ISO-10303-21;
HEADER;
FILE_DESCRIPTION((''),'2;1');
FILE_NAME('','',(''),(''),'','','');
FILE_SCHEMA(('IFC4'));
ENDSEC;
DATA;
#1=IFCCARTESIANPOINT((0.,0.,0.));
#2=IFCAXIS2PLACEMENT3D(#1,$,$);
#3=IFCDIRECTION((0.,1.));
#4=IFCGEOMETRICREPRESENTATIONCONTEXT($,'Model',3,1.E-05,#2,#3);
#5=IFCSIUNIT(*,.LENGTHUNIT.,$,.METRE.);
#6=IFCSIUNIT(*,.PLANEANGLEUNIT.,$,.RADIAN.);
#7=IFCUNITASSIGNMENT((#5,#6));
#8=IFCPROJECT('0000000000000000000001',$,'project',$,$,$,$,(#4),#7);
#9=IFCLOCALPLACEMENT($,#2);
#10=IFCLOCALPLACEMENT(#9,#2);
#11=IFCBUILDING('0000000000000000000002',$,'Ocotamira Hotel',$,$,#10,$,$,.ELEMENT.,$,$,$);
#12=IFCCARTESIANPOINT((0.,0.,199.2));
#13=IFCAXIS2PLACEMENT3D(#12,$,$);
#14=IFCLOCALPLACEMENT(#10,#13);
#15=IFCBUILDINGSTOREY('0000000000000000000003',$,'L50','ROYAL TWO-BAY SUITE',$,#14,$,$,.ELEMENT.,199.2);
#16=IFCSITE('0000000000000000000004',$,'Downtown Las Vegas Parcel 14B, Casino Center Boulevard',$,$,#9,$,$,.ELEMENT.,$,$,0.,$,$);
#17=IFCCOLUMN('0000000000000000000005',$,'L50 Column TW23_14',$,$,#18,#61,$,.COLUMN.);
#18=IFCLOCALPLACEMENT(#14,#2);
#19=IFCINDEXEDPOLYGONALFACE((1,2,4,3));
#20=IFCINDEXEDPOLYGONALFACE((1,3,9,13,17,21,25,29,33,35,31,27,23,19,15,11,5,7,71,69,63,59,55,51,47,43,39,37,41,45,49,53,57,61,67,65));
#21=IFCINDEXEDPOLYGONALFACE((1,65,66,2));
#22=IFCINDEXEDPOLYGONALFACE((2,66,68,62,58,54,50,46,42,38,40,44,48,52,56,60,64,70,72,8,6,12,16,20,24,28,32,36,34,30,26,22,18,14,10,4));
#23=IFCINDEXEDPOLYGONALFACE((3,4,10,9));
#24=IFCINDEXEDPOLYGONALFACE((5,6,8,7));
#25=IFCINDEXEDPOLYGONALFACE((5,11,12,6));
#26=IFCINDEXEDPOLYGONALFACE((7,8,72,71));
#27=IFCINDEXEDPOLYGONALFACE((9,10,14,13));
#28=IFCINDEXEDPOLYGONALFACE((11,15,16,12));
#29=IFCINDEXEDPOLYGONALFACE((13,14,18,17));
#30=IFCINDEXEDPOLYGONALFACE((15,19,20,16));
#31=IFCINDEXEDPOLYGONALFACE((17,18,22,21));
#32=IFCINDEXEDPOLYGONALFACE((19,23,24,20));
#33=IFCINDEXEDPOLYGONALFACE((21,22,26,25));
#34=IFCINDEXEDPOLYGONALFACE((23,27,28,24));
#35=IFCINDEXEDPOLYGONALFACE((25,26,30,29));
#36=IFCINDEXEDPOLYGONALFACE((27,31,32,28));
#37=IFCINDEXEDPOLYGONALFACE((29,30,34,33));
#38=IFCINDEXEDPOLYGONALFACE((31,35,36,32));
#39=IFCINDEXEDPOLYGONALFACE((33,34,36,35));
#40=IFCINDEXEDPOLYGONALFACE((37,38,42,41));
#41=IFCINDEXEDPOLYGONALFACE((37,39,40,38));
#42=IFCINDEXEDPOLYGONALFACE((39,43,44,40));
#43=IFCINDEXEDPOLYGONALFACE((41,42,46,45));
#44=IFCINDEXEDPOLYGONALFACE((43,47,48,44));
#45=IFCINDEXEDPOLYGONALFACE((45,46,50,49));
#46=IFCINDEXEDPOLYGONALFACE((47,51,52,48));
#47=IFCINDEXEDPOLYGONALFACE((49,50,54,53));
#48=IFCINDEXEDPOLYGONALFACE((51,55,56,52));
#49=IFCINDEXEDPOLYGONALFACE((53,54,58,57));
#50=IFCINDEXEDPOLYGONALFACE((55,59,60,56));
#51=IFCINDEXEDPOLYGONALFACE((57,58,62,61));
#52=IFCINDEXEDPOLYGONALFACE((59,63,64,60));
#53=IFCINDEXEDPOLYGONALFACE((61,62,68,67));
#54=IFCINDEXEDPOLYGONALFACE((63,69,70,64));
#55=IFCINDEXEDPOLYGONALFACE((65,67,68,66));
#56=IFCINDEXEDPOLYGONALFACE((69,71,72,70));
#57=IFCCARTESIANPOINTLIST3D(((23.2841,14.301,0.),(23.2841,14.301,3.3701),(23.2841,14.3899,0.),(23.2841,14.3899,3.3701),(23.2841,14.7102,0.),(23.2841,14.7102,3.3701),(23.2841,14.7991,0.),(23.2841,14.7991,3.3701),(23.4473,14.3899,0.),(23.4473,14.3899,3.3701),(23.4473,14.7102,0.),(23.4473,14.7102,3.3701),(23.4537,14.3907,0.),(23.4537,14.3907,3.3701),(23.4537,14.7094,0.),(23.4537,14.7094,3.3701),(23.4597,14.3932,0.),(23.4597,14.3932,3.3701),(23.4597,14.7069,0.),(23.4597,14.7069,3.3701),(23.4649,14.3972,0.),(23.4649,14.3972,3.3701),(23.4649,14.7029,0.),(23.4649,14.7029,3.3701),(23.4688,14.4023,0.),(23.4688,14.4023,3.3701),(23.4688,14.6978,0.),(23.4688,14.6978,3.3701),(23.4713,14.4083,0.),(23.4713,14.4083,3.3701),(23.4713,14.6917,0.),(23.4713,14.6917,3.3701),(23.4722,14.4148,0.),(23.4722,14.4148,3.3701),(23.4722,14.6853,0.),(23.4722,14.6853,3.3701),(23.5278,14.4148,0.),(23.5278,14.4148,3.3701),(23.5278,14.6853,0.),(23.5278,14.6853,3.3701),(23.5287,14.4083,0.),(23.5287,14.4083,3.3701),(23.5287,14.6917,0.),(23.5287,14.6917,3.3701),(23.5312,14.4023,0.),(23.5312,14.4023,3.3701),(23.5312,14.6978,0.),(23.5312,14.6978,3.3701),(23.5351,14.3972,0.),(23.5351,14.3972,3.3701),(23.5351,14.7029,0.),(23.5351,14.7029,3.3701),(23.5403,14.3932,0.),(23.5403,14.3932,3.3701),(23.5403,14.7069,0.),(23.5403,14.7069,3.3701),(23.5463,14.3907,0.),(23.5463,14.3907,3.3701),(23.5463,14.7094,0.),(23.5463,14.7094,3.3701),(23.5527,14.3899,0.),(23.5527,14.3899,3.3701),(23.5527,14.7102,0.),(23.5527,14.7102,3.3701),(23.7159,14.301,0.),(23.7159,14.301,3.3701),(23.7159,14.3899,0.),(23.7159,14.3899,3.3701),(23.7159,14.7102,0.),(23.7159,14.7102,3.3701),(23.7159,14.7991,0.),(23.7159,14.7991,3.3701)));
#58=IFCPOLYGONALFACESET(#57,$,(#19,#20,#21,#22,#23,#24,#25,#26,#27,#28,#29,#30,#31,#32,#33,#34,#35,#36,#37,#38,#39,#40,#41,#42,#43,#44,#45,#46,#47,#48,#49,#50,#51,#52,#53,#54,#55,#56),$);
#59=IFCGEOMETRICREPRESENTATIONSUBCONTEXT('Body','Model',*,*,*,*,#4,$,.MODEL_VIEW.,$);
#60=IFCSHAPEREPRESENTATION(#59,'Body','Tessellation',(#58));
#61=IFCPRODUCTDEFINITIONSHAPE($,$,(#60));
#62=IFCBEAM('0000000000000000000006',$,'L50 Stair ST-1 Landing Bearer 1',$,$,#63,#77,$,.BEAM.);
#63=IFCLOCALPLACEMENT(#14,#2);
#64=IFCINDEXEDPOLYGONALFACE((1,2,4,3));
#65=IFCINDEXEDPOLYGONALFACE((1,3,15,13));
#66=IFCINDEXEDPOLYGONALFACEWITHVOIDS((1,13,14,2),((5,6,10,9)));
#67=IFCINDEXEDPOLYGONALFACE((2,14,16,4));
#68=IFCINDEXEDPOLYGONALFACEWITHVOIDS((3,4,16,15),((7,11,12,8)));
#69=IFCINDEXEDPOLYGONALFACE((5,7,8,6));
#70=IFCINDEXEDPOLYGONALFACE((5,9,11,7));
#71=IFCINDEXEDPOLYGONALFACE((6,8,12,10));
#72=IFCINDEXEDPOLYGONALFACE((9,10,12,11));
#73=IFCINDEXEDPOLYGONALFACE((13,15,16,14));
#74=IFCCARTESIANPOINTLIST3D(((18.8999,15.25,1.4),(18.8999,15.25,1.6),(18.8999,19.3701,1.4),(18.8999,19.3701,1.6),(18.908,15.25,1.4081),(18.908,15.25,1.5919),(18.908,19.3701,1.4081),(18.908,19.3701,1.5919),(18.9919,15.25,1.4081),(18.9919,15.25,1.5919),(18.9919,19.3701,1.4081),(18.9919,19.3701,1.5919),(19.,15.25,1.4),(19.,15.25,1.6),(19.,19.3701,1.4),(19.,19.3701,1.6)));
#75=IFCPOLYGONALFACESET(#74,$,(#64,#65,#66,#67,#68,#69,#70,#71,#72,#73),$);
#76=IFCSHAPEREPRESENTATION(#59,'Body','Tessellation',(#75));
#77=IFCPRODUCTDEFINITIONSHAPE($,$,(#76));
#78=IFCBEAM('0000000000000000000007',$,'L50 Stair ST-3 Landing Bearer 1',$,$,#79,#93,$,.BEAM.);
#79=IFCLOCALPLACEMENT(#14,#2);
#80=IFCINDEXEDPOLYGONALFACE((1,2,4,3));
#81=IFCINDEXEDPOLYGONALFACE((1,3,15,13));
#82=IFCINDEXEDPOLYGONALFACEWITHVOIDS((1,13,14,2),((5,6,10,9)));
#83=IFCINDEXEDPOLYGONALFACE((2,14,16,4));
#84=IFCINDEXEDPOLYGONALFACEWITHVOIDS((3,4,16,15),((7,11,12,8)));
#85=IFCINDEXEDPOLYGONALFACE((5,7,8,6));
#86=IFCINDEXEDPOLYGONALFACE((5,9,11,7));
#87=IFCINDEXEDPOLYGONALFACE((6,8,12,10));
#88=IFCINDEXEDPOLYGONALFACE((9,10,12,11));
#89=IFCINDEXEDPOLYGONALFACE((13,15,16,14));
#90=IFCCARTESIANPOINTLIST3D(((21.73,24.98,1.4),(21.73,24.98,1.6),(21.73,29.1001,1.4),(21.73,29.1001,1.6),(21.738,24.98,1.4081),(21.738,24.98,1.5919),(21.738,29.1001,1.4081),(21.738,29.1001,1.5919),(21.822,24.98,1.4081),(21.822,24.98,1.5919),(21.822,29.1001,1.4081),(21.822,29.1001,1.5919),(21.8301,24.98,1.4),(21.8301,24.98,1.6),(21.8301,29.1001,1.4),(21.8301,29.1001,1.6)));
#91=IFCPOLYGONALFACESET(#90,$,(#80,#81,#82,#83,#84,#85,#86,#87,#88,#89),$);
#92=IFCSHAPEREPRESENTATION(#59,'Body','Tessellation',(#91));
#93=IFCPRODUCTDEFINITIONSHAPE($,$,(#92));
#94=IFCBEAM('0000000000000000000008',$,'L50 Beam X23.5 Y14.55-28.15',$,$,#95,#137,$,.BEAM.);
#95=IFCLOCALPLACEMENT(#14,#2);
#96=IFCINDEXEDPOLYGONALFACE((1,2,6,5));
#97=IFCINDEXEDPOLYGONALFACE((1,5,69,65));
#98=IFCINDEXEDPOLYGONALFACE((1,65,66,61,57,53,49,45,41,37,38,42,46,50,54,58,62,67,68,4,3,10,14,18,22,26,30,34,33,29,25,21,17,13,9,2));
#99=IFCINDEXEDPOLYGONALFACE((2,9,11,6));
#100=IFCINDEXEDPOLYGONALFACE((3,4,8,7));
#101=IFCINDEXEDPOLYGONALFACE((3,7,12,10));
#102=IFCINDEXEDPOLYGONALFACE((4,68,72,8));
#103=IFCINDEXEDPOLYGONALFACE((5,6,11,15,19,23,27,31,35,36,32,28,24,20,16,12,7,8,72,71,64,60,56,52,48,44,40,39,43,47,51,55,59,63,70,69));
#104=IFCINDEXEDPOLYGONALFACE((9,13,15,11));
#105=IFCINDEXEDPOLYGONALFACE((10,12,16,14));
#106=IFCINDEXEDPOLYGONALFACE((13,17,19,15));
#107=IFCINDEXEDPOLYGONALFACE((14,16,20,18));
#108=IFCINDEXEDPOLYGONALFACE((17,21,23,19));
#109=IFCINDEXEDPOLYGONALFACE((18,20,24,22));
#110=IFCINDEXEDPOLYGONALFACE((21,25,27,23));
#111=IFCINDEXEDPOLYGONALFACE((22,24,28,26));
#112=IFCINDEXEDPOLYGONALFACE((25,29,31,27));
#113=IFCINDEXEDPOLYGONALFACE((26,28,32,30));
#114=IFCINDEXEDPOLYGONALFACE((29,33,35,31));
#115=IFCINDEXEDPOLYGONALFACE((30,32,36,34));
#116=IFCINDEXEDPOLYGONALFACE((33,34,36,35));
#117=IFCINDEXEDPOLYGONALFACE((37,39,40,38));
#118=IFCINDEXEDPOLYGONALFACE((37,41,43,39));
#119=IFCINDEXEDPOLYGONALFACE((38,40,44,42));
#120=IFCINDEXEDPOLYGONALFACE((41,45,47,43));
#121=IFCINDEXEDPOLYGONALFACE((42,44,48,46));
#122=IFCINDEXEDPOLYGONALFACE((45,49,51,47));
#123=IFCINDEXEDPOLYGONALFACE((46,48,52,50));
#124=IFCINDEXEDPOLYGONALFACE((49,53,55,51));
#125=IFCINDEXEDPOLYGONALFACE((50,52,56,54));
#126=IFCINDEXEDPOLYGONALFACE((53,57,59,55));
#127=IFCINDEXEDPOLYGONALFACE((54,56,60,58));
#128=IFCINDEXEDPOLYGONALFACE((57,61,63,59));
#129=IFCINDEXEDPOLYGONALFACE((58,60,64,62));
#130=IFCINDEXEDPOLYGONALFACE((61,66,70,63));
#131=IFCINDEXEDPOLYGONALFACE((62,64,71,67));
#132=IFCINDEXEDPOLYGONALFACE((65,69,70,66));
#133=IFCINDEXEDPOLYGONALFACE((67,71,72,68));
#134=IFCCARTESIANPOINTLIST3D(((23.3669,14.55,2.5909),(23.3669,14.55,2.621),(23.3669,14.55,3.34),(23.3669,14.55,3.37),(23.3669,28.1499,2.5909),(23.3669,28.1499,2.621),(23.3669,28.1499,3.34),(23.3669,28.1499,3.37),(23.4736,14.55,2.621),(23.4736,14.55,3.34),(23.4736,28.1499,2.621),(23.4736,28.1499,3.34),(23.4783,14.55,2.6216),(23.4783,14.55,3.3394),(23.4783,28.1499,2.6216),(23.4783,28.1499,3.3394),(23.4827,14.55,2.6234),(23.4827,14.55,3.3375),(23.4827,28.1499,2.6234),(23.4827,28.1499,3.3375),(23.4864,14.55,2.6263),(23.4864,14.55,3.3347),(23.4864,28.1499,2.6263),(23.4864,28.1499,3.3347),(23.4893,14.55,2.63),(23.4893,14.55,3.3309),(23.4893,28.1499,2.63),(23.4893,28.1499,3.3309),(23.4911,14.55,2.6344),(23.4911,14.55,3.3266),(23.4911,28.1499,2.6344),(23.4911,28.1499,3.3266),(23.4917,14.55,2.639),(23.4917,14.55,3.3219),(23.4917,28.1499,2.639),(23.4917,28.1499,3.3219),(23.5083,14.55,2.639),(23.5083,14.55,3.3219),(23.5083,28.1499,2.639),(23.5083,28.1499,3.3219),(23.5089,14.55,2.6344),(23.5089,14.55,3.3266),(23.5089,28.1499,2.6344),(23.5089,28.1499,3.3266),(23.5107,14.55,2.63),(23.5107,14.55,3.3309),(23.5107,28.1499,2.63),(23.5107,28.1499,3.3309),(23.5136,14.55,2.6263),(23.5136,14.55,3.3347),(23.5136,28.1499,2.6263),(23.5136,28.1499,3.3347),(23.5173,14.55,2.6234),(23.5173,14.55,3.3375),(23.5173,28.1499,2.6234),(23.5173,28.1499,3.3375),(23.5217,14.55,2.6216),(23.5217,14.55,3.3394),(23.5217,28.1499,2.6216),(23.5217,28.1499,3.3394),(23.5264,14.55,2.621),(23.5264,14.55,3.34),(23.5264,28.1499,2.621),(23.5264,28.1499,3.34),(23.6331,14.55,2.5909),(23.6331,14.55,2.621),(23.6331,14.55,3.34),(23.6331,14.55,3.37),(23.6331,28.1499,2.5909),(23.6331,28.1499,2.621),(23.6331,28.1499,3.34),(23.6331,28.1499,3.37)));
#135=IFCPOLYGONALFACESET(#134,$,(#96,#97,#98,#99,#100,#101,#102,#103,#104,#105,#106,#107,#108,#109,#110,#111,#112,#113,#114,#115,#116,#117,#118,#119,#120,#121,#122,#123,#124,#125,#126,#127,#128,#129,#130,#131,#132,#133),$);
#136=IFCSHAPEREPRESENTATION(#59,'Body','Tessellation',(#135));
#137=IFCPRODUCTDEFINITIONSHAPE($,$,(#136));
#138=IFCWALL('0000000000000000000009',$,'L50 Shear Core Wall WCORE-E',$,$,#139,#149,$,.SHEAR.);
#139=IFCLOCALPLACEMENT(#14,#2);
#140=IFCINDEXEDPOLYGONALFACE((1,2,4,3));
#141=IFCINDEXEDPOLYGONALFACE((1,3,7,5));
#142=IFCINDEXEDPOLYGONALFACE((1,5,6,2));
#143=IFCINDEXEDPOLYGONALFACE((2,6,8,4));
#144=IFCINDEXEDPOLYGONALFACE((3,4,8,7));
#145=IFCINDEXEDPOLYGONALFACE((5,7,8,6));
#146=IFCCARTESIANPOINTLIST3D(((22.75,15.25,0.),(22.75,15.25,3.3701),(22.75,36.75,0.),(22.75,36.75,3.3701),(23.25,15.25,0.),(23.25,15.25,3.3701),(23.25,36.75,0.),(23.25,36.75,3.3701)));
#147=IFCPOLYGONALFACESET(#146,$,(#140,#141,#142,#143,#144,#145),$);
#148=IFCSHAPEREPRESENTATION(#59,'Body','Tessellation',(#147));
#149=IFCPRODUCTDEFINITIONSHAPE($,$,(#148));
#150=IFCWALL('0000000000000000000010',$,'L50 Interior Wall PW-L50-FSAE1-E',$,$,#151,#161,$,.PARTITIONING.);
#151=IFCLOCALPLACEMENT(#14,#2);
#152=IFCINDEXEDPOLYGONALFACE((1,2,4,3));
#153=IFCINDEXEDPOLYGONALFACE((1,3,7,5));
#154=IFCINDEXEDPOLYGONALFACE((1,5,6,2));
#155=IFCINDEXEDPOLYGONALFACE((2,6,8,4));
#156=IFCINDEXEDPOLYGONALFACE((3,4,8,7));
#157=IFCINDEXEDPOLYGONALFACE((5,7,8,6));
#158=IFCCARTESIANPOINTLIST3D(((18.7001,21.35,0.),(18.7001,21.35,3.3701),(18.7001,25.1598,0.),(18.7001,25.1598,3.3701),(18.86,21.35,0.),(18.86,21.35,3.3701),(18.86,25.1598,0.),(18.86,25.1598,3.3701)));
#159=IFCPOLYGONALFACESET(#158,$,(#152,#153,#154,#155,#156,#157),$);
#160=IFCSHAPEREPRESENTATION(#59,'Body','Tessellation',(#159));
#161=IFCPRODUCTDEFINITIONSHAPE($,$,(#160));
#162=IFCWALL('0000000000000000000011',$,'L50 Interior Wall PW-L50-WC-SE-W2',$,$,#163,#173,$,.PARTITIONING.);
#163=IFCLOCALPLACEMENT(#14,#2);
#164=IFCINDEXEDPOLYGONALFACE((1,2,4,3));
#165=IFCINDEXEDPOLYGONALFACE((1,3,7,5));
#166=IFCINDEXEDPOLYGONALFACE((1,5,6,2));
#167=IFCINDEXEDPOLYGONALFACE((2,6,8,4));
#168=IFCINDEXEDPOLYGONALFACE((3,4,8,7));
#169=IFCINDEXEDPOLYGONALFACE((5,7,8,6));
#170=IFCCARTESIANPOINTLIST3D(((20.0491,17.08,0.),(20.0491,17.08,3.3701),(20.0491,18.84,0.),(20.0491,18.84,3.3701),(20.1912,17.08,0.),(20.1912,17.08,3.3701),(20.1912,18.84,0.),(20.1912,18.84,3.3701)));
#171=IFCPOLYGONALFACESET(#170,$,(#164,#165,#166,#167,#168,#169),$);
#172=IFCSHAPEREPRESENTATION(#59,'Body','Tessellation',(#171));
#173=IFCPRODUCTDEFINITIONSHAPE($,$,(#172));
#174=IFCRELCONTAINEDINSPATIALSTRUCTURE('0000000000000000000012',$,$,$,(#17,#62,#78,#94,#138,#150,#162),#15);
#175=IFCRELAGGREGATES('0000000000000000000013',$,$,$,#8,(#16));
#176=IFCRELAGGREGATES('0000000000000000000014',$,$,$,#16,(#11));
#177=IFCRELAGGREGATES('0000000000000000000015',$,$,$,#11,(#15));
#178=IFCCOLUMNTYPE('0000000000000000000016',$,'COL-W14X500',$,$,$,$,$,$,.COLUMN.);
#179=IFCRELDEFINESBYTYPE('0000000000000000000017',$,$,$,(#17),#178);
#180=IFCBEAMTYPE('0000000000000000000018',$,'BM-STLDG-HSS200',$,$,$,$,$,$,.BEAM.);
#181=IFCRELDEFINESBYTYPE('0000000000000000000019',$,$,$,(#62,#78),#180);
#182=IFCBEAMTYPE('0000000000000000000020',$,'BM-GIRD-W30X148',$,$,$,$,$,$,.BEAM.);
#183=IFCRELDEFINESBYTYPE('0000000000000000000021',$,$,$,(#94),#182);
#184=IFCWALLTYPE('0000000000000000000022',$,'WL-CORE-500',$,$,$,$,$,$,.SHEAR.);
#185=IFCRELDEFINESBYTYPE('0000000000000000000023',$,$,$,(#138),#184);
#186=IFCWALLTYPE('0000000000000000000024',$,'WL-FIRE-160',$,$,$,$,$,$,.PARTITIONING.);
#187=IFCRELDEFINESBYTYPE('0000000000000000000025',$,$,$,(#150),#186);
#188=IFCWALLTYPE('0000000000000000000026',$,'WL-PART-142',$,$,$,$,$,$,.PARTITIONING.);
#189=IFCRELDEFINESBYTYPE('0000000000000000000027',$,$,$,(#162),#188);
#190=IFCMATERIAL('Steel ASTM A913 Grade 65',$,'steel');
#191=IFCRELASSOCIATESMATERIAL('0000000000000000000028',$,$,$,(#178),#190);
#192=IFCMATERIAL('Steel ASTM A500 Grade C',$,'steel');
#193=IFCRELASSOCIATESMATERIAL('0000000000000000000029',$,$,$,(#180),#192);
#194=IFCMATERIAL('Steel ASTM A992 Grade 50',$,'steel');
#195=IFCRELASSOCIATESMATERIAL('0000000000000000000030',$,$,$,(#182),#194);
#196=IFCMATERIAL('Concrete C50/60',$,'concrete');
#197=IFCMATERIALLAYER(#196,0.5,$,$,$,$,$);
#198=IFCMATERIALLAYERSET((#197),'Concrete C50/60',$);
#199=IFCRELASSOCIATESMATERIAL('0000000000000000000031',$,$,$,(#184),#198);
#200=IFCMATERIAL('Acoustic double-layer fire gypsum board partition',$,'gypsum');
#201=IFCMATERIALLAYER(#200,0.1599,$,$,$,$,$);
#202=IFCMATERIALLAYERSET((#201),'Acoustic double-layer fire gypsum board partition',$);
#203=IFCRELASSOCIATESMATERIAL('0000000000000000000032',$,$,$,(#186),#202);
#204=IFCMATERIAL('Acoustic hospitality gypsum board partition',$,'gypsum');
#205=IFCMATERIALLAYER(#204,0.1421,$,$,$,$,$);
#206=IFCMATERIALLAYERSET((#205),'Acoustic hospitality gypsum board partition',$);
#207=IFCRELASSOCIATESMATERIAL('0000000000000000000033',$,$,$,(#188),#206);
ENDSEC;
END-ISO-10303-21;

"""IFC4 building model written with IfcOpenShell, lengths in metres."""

from ifc_helpers import new_model, si_unit, direction, frame, frame_2d, origin, origin_2d, place, context, subcontext, project, spatial, rectangle, hollow_rectangle, i_section, extrude, source, transform, mapped, material, layer, layer_set, material_profile, profile_set, type_object, element, save


model = new_model("IFC4")

# Units and contexts
model_context = context("Model", 3, precision=1e-05, world=origin(), true_north=direction((0.0, 1.0)))
body_context = subcontext(model_context, "Body", "Model", "MODEL_VIEW")
ifc_project = project(units=[si_unit("LENGTHUNIT", "METRE"), si_unit("PLANEANGLEUNIT", "RADIAN")], contexts=[model_context])

# Site, building, storey
site_placement = place(None, origin())
site = spatial("IfcSite", under=ifc_project, at=site_placement, Name="Downtown Las Vegas Parcel 14B, Casino Center Boulevard", CompositionType="ELEMENT", RefElevation=0.0)
building_placement = place(site_placement, origin())
building = spatial("IfcBuilding", under=site, at=building_placement, Name="Ocotamira Hotel", CompositionType="ELEMENT")
storey_placement = place(building_placement, frame((0.0, 0.0, 199.2)))
storey = spatial("IfcBuildingStorey", under=building, at=storey_placement, Name="L50", Description="ROYAL TWO-BAY SUITE", CompositionType="ELEMENT", Elevation=199.2)

# Column
ifc_material_1 = material(Name="Steel ASTM A913 Grade 65", Category="steel")
ifc_material_profile_1 = material_profile(ifc_material_1, i_section(OverallWidth=0.4319, OverallDepth=0.498, WebThickness=0.0557, FlangeThickness=0.0889, FilletRadius=0.0249, at=origin_2d()), Name="W14X500")
ifc_profile_set_1 = profile_set([ifc_material_profile_1], Name="Steel ASTM A913 Grade 65")
column_type = type_object("IfcColumnType", Name="COL-W14X500", PredefinedType="COLUMN", material=ifc_profile_set_1)
shared_shape_1 = source(origin(), body_context, "Body", "SweptSolid", [
    extrude(i_section(OverallWidth=0.4319, OverallDepth=0.498, WebThickness=0.0557, FlangeThickness=0.0889, FilletRadius=0.0249, at=origin_2d()), origin(), (0.0, 0.0, 1.0), 3.3701),
])
column_placement = place(storey_placement, frame((23.5, 14.55, 0.0), z_axis=(0.0, 0.0, 1.0), x_axis=(1.0, 0.0, 0.0)))
element("IfcColumn", 1, at=column_placement, inside=storey, type_object=column_type, Name="L50 Column TW23_14", PredefinedType="COLUMN", context=body_context, shape_type="MappedRepresentation", body=[
    mapped(shared_shape_1, transform((0.0, 0.0, 0.0), scale=1.0)),
])

# Beams
ifc_material_2 = material(Name="Steel ASTM A500 Grade C", Category="steel")
ifc_material_profile_2 = material_profile(ifc_material_2, hollow_rectangle(XDim=0.1001, YDim=0.2, WallThickness=0.0081, at=origin_2d()), Name="HSS200X100X8")
ifc_profile_set_2 = profile_set([ifc_material_profile_2], Name="Steel ASTM A500 Grade C")
beam_type_1 = type_object("IfcBeamType", Name="BM-STLDG-HSS200", PredefinedType="BEAM", material=ifc_profile_set_2)
shared_shape_2 = source(origin(), body_context, "Body", "SweptSolid", [
    extrude(hollow_rectangle(XDim=0.1001, YDim=0.2, WallThickness=0.0081, at=origin_2d()), origin(), (0.0, 0.0, 1.0), 4.1201),
])
for number, where, z_axis, x_axis, name in (
    (2, (18.95, 15.25, 1.5), (0.0, 1.0, 0.0), (-1.0, 0.0, 0.0), "L50 Stair ST-1 Landing Bearer 1"),
    (3, (21.78, 24.98, 1.5), (0.0, 1.0, 0.0), (-1.0, 0.0, 0.0), "L50 Stair ST-3 Landing Bearer 1"),
):
    element("IfcBeam", number, at=place(storey_placement, frame(where, z_axis=z_axis, x_axis=x_axis)), inside=storey, type_object=beam_type_1, Name=name, PredefinedType="BEAM", context=body_context, shape_type="MappedRepresentation", body=[
        mapped(shared_shape_2, transform((0.0, 0.0, 0.0), scale=1.0)),
    ])
ifc_material_3 = material(Name="Steel ASTM A992 Grade 50", Category="steel")
ifc_material_profile_3 = material_profile(ifc_material_3, i_section(OverallWidth=0.2661, OverallDepth=0.7791, WebThickness=0.0166, FlangeThickness=0.03, FilletRadius=0.0181, at=origin_2d()), Name="W30X148")
ifc_profile_set_3 = profile_set([ifc_material_profile_3], Name="Steel ASTM A992 Grade 50")
beam_type_2 = type_object("IfcBeamType", Name="BM-GIRD-W30X148", PredefinedType="BEAM", material=ifc_profile_set_3)
shared_shape_3 = source(origin(), body_context, "Body", "SweptSolid", [
    extrude(i_section(OverallWidth=0.2661, OverallDepth=0.7791, WebThickness=0.0166, FlangeThickness=0.03, FilletRadius=0.0181, at=origin_2d()), origin(), (0.0, 0.0, 1.0), 13.5999),
])
beam_placement = place(storey_placement, frame((23.5, 14.55, 2.9805), z_axis=(0.0, 1.0, 0.0), x_axis=(-1.0, 0.0, 0.0)))
element("IfcBeam", 4, at=beam_placement, inside=storey, type_object=beam_type_2, Name="L50 Beam X23.5 Y14.55-28.15", PredefinedType="BEAM", context=body_context, shape_type="MappedRepresentation", body=[
    mapped(shared_shape_3, transform((0.0, 0.0, 0.0), scale=1.0)),
])

# Walls
ifc_material_4 = material(Name="Concrete C50/60", Category="concrete")
ifc_layer_1 = layer(ifc_material_4, 0.5)
ifc_layer_set_1 = layer_set([ifc_layer_1], Name="Concrete C50/60")
wall_type_1 = type_object("IfcWallType", Name="WL-CORE-500", PredefinedType="SHEAR", material=ifc_layer_set_1)
wall_1_placement = place(storey_placement, frame((23.0, 15.25, 0.0), z_axis=(0.0, 0.0, 1.0), x_axis=(0.0, 1.0, 0.0)))
element("IfcWall", 5, at=wall_1_placement, inside=storey, type_object=wall_type_1, Name="L50 Shear Core Wall WCORE-E", PredefinedType="SHEAR", context=body_context, shape_type="SweptSolid", body=[
    extrude(rectangle(XDim=21.5, YDim=0.5, at=frame_2d((10.75, 0.0))), origin(), (0.0, 0.0, 1.0), 3.3701),
])
ifc_material_5 = material(Name="Acoustic double-layer fire gypsum board partition", Category="gypsum")
ifc_layer_2 = layer(ifc_material_5, 0.1599)
ifc_layer_set_2 = layer_set([ifc_layer_2], Name="Acoustic double-layer fire gypsum board partition")
wall_type_2 = type_object("IfcWallType", Name="WL-FIRE-160", PredefinedType="PARTITIONING", material=ifc_layer_set_2)
wall_2_placement = place(storey_placement, frame((18.78, 21.3501, 0.0), z_axis=(0.0, 0.0, 1.0), x_axis=(0.0, 1.0, 0.0)))
element("IfcWall", 6, at=wall_2_placement, inside=storey, type_object=wall_type_2, Name="L50 Interior Wall PW-L50-FSAE1-E", PredefinedType="PARTITIONING", context=body_context, shape_type="SweptSolid", body=[
    extrude(rectangle(XDim=3.8098, YDim=0.1599, at=frame_2d((1.9048, 0.0))), origin(), (0.0, 0.0, 1.0), 3.3701),
])
ifc_material_6 = material(Name="Acoustic hospitality gypsum board partition", Category="gypsum")
ifc_layer_3 = layer(ifc_material_6, 0.1421)
ifc_layer_set_3 = layer_set([ifc_layer_3], Name="Acoustic hospitality gypsum board partition")
wall_type_3 = type_object("IfcWallType", Name="WL-PART-142", PredefinedType="PARTITIONING", material=ifc_layer_set_3)
wall_3_placement = place(storey_placement, frame((20.1201, 17.0801, 0.0), z_axis=(0.0, 0.0, 1.0), x_axis=(0.0, 1.0, 0.0)))
element("IfcWall", 7, at=wall_3_placement, inside=storey, type_object=wall_type_3, Name="L50 Interior Wall PW-L50-WC-SE-W2", PredefinedType="PARTITIONING", context=body_context, shape_type="SweptSolid", body=[
    extrude(rectangle(XDim=1.76, YDim=0.1421, at=frame_2d((0.8799, 0.0))), origin(), (0.0, 0.0, 1.0), 3.3701),
])

save(model, "model.ifc")
